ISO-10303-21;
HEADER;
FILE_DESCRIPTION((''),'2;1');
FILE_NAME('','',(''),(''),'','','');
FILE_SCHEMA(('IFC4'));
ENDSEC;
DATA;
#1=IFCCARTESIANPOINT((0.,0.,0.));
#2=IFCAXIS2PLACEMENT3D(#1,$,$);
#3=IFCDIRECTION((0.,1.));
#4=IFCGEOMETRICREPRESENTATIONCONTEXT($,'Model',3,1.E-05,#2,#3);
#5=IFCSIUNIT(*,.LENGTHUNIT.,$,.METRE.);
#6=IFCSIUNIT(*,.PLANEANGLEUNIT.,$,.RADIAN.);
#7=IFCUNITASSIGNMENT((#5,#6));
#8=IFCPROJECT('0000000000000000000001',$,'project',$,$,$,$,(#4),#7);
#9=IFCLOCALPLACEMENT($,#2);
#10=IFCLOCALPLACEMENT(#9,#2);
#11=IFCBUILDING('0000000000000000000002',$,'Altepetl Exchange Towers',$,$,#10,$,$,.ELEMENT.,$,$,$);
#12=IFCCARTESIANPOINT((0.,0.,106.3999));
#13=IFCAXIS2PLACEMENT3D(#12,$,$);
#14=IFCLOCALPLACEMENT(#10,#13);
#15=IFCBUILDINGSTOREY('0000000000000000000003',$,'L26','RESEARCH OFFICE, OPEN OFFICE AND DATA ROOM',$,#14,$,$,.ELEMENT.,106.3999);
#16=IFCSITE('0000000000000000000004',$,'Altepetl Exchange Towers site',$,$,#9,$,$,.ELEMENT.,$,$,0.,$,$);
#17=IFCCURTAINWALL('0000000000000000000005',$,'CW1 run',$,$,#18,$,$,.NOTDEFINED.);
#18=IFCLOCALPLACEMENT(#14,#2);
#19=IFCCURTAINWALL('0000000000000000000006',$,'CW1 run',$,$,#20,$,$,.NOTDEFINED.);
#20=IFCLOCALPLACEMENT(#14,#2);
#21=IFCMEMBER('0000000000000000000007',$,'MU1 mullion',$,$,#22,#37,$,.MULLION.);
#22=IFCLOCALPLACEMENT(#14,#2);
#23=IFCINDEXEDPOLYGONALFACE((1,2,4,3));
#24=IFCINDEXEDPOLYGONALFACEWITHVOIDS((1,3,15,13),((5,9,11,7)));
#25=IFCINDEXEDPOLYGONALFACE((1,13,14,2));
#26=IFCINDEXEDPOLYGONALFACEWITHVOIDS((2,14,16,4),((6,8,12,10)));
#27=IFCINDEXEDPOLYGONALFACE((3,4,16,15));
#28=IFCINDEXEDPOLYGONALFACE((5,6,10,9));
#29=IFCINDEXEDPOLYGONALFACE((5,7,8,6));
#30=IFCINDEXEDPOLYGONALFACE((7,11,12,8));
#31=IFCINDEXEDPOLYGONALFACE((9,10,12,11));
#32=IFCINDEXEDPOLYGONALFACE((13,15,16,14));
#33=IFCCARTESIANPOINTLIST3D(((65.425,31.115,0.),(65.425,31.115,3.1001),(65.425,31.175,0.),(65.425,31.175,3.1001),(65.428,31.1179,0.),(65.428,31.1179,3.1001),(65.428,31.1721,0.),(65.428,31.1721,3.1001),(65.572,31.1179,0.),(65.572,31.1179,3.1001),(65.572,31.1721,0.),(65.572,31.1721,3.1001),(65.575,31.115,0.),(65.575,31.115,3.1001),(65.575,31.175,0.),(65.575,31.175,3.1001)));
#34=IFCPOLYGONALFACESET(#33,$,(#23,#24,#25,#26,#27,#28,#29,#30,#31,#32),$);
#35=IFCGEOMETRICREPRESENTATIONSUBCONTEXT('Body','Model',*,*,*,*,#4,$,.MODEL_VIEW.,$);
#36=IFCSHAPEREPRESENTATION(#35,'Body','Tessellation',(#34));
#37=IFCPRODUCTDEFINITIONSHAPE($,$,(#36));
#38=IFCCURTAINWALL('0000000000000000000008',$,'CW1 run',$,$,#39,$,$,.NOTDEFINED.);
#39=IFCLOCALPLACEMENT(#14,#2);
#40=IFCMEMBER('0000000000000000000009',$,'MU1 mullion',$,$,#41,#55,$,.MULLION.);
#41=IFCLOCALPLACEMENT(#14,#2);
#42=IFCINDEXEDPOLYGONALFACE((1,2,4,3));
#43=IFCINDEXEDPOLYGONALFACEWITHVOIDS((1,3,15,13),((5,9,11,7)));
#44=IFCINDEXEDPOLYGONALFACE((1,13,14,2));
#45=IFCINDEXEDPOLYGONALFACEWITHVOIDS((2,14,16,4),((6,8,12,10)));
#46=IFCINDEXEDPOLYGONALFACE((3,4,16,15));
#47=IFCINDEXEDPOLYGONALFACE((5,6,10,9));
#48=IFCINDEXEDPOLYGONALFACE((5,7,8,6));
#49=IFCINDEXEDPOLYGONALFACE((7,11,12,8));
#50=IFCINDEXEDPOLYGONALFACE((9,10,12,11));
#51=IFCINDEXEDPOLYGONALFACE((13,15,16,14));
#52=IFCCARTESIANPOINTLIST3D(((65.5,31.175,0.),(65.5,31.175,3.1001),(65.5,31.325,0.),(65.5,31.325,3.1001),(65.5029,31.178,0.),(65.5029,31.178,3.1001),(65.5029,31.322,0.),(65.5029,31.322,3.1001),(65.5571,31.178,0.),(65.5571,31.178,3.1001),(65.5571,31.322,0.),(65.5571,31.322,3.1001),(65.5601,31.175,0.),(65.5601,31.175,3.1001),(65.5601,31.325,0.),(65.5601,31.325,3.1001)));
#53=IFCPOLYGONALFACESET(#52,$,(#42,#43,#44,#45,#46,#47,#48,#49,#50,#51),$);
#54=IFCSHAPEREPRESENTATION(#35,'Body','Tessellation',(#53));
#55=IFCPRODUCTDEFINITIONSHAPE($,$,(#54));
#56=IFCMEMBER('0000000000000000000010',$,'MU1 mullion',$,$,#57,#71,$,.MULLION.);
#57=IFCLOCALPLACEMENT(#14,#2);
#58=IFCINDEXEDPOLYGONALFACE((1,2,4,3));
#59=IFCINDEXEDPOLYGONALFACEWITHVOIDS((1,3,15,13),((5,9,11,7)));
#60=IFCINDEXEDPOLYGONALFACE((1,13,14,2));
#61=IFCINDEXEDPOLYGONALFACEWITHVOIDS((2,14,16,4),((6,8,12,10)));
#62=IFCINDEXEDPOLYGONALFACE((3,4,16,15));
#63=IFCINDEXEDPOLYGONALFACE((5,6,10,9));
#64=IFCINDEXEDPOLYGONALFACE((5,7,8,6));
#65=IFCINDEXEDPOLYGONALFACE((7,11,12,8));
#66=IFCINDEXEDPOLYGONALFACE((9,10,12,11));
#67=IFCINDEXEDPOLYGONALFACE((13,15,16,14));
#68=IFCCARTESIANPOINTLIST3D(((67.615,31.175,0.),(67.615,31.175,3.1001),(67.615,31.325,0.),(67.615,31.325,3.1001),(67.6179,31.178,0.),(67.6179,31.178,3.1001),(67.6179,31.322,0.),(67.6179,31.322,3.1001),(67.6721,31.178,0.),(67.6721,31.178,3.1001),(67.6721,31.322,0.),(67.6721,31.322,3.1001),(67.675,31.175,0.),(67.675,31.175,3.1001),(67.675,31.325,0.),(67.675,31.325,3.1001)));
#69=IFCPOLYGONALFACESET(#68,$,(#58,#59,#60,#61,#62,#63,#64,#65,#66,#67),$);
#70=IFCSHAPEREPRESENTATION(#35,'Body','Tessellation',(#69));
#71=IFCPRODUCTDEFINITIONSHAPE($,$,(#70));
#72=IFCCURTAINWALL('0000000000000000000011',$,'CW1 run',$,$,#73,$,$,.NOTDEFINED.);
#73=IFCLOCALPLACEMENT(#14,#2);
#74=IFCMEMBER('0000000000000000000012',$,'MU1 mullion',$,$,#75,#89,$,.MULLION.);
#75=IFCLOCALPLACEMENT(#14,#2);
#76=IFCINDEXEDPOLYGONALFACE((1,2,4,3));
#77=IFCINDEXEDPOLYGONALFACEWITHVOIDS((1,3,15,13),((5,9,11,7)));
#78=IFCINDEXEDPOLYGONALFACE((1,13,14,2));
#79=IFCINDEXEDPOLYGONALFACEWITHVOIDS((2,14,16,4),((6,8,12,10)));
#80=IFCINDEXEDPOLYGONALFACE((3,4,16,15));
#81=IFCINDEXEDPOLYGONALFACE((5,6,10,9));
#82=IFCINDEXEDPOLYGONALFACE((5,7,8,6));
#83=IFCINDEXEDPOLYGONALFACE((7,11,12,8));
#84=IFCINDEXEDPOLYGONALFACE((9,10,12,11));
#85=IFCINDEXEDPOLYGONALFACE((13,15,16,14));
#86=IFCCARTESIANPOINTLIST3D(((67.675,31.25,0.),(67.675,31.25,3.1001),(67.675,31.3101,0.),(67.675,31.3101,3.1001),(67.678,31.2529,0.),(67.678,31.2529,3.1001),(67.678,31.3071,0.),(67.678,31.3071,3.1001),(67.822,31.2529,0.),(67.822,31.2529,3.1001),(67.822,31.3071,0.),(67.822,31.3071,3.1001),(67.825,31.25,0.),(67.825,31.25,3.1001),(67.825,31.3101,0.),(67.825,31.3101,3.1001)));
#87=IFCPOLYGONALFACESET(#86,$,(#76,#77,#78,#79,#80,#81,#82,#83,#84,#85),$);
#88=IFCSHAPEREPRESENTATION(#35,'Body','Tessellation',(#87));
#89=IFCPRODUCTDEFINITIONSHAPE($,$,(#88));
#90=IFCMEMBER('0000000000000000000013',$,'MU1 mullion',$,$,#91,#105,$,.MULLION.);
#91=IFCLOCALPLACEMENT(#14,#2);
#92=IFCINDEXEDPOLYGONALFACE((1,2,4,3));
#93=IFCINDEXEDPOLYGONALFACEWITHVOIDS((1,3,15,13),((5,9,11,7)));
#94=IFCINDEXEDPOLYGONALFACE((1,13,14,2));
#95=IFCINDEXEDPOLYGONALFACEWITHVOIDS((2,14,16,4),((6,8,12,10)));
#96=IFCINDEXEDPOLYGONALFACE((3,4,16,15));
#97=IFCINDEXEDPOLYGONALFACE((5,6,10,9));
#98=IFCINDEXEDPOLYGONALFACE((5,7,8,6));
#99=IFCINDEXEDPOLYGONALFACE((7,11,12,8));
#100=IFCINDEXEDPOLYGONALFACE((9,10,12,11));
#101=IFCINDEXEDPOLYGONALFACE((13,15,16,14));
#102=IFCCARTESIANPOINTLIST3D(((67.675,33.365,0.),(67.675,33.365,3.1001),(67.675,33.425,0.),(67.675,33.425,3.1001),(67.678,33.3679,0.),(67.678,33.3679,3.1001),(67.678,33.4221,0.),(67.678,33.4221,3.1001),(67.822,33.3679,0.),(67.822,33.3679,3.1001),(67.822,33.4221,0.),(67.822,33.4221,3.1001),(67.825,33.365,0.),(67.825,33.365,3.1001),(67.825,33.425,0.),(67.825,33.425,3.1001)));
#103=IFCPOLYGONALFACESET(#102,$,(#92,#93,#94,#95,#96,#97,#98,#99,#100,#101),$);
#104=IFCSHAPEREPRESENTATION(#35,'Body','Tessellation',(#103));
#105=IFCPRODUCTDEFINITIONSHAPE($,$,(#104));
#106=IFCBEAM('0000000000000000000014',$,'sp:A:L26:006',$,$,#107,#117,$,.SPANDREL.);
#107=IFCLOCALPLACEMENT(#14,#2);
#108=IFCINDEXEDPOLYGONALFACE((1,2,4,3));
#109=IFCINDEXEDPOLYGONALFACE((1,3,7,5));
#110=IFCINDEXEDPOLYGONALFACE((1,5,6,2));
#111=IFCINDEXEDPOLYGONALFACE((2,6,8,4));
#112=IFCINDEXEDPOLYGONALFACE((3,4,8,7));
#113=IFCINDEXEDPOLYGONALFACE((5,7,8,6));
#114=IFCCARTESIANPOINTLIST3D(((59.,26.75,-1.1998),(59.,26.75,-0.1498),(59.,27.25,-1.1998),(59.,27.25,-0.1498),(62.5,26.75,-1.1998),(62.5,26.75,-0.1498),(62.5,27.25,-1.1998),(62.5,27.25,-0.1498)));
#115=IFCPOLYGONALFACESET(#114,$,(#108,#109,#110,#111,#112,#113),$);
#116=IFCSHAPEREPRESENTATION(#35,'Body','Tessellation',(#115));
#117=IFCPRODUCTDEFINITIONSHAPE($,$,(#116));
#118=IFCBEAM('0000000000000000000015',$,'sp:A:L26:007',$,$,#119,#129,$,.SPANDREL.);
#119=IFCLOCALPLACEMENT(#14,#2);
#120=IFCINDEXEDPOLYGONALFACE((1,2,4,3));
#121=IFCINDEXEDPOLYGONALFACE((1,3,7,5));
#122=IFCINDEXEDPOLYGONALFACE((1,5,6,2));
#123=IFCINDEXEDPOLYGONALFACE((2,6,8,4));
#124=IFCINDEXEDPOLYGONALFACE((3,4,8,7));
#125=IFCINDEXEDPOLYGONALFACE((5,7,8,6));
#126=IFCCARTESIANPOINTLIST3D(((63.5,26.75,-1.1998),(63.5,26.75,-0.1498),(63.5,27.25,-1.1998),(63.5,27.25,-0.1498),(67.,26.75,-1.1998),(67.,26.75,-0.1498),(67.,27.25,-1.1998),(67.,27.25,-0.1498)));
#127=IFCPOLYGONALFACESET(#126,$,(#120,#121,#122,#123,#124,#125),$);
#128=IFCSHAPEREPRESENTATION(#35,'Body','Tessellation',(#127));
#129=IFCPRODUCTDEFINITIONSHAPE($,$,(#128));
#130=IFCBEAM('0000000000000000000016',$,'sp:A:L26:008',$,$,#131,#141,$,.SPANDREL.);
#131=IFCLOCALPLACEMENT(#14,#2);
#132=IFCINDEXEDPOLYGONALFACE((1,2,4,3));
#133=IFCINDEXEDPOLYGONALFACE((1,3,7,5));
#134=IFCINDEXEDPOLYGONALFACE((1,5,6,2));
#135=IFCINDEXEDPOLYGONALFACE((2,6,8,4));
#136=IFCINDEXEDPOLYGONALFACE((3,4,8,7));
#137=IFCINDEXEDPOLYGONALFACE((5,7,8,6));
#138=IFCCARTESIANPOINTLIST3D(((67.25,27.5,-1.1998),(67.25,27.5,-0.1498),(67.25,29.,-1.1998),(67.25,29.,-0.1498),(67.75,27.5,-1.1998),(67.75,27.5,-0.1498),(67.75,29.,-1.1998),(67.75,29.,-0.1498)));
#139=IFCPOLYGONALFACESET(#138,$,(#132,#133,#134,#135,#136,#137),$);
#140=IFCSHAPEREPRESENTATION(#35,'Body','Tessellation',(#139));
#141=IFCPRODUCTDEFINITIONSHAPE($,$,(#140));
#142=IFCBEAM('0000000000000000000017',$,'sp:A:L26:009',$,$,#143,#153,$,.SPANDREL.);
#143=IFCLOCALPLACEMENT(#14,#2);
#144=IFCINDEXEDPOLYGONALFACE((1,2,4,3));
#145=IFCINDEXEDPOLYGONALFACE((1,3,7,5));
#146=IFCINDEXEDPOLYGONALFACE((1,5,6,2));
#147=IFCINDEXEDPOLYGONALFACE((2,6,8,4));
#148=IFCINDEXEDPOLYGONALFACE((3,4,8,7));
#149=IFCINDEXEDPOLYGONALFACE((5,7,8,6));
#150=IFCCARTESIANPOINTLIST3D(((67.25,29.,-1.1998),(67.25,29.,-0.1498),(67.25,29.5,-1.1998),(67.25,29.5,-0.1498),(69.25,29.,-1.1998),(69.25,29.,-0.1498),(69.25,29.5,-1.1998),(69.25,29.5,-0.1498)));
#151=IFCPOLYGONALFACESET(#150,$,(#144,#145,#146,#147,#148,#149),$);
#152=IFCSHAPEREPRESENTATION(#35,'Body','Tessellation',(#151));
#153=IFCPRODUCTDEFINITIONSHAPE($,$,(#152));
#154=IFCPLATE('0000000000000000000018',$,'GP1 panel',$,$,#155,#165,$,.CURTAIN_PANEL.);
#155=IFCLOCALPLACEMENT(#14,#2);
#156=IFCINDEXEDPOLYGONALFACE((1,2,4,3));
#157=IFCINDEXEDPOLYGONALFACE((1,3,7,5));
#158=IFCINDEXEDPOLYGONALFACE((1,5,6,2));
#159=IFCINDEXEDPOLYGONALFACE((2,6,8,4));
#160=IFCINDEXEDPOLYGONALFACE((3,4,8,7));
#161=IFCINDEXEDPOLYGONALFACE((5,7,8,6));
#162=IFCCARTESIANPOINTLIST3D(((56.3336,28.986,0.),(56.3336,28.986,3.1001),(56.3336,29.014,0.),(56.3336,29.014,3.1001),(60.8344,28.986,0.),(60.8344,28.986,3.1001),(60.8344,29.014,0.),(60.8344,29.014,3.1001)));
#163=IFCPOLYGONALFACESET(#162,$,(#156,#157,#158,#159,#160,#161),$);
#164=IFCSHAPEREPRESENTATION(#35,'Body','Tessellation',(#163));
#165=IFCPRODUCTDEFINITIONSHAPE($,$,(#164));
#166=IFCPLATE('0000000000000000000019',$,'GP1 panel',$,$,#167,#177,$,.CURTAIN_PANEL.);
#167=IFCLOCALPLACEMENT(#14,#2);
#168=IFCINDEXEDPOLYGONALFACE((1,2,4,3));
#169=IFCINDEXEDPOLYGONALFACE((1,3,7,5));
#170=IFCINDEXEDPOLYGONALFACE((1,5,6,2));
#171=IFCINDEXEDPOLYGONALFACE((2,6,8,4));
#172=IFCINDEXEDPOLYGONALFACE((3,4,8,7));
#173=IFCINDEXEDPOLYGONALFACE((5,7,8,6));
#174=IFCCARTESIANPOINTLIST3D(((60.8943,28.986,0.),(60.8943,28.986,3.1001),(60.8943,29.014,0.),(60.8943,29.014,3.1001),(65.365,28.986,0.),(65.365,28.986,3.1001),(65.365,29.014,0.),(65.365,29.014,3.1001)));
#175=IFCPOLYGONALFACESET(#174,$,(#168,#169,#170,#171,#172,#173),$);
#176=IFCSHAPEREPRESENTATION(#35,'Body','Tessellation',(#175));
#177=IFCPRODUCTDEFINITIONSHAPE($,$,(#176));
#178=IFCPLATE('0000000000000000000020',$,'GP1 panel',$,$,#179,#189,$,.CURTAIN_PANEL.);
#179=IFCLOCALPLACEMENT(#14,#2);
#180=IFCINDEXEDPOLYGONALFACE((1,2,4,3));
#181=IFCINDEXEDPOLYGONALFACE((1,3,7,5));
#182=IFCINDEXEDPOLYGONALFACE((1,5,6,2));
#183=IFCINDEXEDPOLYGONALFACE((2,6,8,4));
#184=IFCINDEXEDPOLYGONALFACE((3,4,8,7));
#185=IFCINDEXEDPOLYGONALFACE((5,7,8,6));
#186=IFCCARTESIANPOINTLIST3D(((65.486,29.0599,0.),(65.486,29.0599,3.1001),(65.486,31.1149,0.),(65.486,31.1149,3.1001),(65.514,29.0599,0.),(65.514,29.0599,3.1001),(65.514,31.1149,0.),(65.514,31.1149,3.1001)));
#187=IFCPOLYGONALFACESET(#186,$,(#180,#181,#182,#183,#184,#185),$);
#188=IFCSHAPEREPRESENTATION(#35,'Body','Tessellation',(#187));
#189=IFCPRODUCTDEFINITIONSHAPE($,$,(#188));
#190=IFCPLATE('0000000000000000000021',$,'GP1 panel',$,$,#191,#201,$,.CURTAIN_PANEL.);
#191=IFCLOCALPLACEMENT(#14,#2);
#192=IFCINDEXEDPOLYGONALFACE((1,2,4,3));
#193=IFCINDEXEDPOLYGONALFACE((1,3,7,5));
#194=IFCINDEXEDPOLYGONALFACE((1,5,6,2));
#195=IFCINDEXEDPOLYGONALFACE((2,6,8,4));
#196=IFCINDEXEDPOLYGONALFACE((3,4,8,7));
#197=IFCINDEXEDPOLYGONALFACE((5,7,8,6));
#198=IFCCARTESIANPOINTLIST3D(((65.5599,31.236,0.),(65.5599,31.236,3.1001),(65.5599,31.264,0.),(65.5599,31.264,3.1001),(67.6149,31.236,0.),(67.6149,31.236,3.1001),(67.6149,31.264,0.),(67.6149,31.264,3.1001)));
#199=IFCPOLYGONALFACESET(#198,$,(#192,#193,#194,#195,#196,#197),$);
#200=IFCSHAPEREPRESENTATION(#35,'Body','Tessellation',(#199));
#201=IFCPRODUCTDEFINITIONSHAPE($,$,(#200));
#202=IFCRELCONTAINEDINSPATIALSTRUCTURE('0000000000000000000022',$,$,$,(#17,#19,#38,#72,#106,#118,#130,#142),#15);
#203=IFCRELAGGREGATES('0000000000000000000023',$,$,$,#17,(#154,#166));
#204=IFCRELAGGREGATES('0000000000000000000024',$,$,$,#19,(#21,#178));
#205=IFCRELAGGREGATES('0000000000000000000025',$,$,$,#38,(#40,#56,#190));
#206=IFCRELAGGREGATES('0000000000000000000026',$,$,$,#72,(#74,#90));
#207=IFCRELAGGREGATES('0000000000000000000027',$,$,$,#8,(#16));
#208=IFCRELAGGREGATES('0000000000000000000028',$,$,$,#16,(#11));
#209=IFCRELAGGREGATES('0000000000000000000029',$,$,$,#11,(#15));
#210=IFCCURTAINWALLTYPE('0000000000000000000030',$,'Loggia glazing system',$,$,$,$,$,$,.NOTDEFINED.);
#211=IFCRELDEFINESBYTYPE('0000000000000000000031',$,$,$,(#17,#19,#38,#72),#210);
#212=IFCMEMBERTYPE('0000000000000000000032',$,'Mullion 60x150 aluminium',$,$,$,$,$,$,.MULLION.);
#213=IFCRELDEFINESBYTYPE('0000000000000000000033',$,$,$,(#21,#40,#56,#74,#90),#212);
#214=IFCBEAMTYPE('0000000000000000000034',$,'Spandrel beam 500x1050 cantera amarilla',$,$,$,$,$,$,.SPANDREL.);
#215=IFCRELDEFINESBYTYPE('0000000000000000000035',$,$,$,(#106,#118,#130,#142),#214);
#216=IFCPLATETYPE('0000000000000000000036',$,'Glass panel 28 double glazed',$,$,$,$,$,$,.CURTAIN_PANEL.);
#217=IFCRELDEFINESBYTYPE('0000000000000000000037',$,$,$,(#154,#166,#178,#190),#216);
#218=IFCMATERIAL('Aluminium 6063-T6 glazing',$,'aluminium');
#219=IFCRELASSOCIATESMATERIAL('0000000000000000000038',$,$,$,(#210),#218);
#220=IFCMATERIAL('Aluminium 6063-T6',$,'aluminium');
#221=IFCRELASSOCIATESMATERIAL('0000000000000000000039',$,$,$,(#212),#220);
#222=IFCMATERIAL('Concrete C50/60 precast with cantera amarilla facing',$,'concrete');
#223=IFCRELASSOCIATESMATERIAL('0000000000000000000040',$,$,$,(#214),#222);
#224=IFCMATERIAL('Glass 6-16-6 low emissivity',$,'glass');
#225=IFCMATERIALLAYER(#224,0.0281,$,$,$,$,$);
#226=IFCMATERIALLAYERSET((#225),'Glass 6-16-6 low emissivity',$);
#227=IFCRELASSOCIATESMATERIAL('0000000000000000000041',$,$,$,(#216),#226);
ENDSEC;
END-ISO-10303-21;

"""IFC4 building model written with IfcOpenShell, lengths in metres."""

from ifc_helpers import new_model, si_unit, direction, frame, origin, origin_2d, place, context, subcontext, project, spatial, rectangle, hollow_rectangle, extrude, material, layer, layer_set, material_profile, profile_set, type_object, element, aggregate, save


model = new_model("IFC4")

# Units and contexts
model_context = context("Model", 3, precision=1e-05, world=origin(), true_north=direction((0.0, 1.0)))
body_context = subcontext(model_context, "Body", "Model", "MODEL_VIEW")
ifc_project = project(units=[si_unit("LENGTHUNIT", "METRE"), si_unit("PLANEANGLEUNIT", "RADIAN")], contexts=[model_context])

# Site, building, storey
site_placement = place(None, origin())
site = spatial("IfcSite", under=ifc_project, at=site_placement, Name="Altepetl Exchange Towers site", CompositionType="ELEMENT", RefElevation=0.0)
building_placement = place(site_placement, origin())
building = spatial("IfcBuilding", under=site, at=building_placement, Name="Altepetl Exchange Towers", CompositionType="ELEMENT")
storey_placement = place(building_placement, frame((0.0, 0.0, 106.3999)))
storey = spatial("IfcBuildingStorey", under=building, at=storey_placement, Name="L26", Description="RESEARCH OFFICE, OPEN OFFICE AND DATA ROOM", CompositionType="ELEMENT", Elevation=106.3999)

# Curtain walls, members
ifc_material_1 = material(Name="Aluminium 6063-T6 glazing", Category="aluminium")
curtain_wall_type = type_object("IfcCurtainWallType", Name="Loggia glazing system", PredefinedType="NOTDEFINED", material=ifc_material_1)
curtain_wall_1_placement = place(storey_placement, origin())
curtain_wall_1 = element("IfcCurtainWall", 1, at=curtain_wall_1_placement, inside=storey, type_object=curtain_wall_type, Name="CW1 run", PredefinedType="NOTDEFINED")
ifc_material_2 = material(Name="Aluminium 6063-T6", Category="aluminium")
ifc_material_profile_1 = material_profile(ifc_material_2, hollow_rectangle(XDim=0.0601, YDim=0.1499, WallThickness=0.0029, at=origin_2d()), Name="Mullion 60x150 aluminium")
ifc_profile_set_1 = profile_set([ifc_material_profile_1], Name="Aluminium 6063-T6")
member_type = type_object("IfcMemberType", Name="Mullion 60x150 aluminium", PredefinedType="MULLION", material=ifc_profile_set_1)
curtain_wall_2_placement = place(storey_placement, origin())
curtain_wall_2 = element("IfcCurtainWall", 2, at=curtain_wall_2_placement, inside=storey, type_object=curtain_wall_type, Name="CW1 run", PredefinedType="NOTDEFINED")
member_1_placement = place(storey_placement, frame((65.5, 31.145, 0.0), z_axis=(0.0, 0.0, 1.0), x_axis=(0.0, 1.0, 0.0)))
member_1 = element("IfcMember", 3, at=member_1_placement, type_object=member_type, Name="MU1 mullion", PredefinedType="MULLION", context=body_context, shape_type="SweptSolid", body=[
    extrude(hollow_rectangle(XDim=0.0601, YDim=0.1499, WallThickness=0.0029, at=origin_2d()), origin(), (0.0, 0.0, 1.0), 3.1001),
])
curtain_wall_3_placement = place(storey_placement, origin())
curtain_wall_3 = element("IfcCurtainWall", 4, at=curtain_wall_3_placement, inside=storey, type_object=curtain_wall_type, Name="CW1 run", PredefinedType="NOTDEFINED")
member_2_placement = place(storey_placement, frame((65.53, 31.25, 0.0)))
member_2 = element("IfcMember", 5, at=member_2_placement, type_object=member_type, Name="MU1 mullion", PredefinedType="MULLION", context=body_context, shape_type="SweptSolid", body=[
    extrude(hollow_rectangle(XDim=0.0601, YDim=0.1499, WallThickness=0.0029, at=origin_2d()), origin(), (0.0, 0.0, 1.0), 3.1001),
])
member_3_placement = place(storey_placement, frame((67.645, 31.25, 0.0)))
member_3 = element("IfcMember", 6, at=member_3_placement, type_object=member_type, Name="MU1 mullion", PredefinedType="MULLION", context=body_context, shape_type="SweptSolid", body=[
    extrude(hollow_rectangle(XDim=0.0601, YDim=0.1499, WallThickness=0.0029, at=origin_2d()), origin(), (0.0, 0.0, 1.0), 3.1001),
])
curtain_wall_4_placement = place(storey_placement, origin())
curtain_wall_4 = element("IfcCurtainWall", 7, at=curtain_wall_4_placement, inside=storey, type_object=curtain_wall_type, Name="CW1 run", PredefinedType="NOTDEFINED")
member_4_placement = place(storey_placement, frame((67.75, 31.28, 0.0), z_axis=(0.0, 0.0, 1.0), x_axis=(0.0, 1.0, 0.0)))
member_4 = element("IfcMember", 8, at=member_4_placement, type_object=member_type, Name="MU1 mullion", PredefinedType="MULLION", context=body_context, shape_type="SweptSolid", body=[
    extrude(hollow_rectangle(XDim=0.0601, YDim=0.1499, WallThickness=0.0029, at=origin_2d()), origin(), (0.0, 0.0, 1.0), 3.1001),
])
member_5_placement = place(storey_placement, frame((67.75, 33.395, 0.0), z_axis=(0.0, 0.0, 1.0), x_axis=(0.0, 1.0, 0.0)))
member_5 = element("IfcMember", 9, at=member_5_placement, type_object=member_type, Name="MU1 mullion", PredefinedType="MULLION", context=body_context, shape_type="SweptSolid", body=[
    extrude(hollow_rectangle(XDim=0.0601, YDim=0.1499, WallThickness=0.0029, at=origin_2d()), origin(), (0.0, 0.0, 1.0), 3.1001),
])

# Beams
ifc_material_3 = material(Name="Concrete C50/60 precast with cantera amarilla facing", Category="concrete")
ifc_material_profile_2 = material_profile(ifc_material_3, rectangle(XDim=0.5, YDim=1.05, at=origin_2d()), Name="500 x 1050")
ifc_profile_set_2 = profile_set([ifc_material_profile_2], Name="Concrete C50/60 precast with cantera amarilla facing")
beam_type_1 = type_object("IfcBeamType", Name="Spandrel beam 500x1050 cantera amarilla", PredefinedType="SPANDREL", material=ifc_profile_set_2)
for number, where, z_axis, x_axis, name in (
    (10, (59.0, 27.0, -0.6748), (1.0, 0.0, 0.0), (0.0, 1.0, 0.0), "sp:A:L26:006"),
    (11, (63.5, 27.0, -0.6748), (1.0, 0.0, 0.0), (0.0, 1.0, 0.0), "sp:A:L26:007"),
):
    element("IfcBeam", number, at=place(storey_placement, frame(where, z_axis=z_axis, x_axis=x_axis)), inside=storey, type_object=beam_type_1, Name=name, PredefinedType="SPANDREL", context=body_context, shape_type="SweptSolid", body=[
        extrude(rectangle(XDim=0.5, YDim=1.05, at=origin_2d()), origin(), (0.0, 0.0, 1.0), 3.5),
    ])
beam_1_placement = place(storey_placement, frame((67.5, 27.5, -0.6748), z_axis=(0.0, 1.0, 0.0), x_axis=(-1.0, 0.0, 0.0)))
element("IfcBeam", 12, at=beam_1_placement, inside=storey, type_object=beam_type_1, Name="sp:A:L26:008", PredefinedType="SPANDREL", context=body_context, shape_type="SweptSolid", body=[
    extrude(rectangle(XDim=0.5, YDim=1.05, at=origin_2d()), origin(), (0.0, 0.0, 1.0), 1.5),
])
beam_2_placement = place(storey_placement, frame((67.25, 29.25, -0.6748), z_axis=(1.0, 0.0, 0.0), x_axis=(0.0, 1.0, 0.0)))
element("IfcBeam", 13, at=beam_2_placement, inside=storey, type_object=beam_type_1, Name="sp:A:L26:009", PredefinedType="SPANDREL", context=body_context, shape_type="SweptSolid", body=[
    extrude(rectangle(XDim=0.5, YDim=1.05, at=origin_2d()), origin(), (0.0, 0.0, 1.0), 2.0),
])

# Plates
ifc_material_4 = material(Name="Glass 6-16-6 low emissivity", Category="glass")
ifc_layer_1 = layer(ifc_material_4, 0.0281)
ifc_layer_set_1 = layer_set([ifc_layer_1], Name="Glass 6-16-6 low emissivity")
plate_type = type_object("IfcPlateType", Name="Glass panel 28 double glazed", PredefinedType="CURTAIN_PANEL", material=ifc_layer_set_1)
plate_1_placement = place(storey_placement, frame((58.584, 29.0, 0.0)))
plate_1 = element("IfcPlate", 14, at=plate_1_placement, type_object=plate_type, Name="GP1 panel", PredefinedType="CURTAIN_PANEL", context=body_context, shape_type="SweptSolid", body=[
    extrude(rectangle(XDim=4.5007, YDim=0.0281, at=origin_2d()), origin(), (0.0, 0.0, 1.0), 3.1001),
])
plate_2_placement = place(storey_placement, frame((63.1296, 29.0, 0.0)))
plate_2 = element("IfcPlate", 15, at=plate_2_placement, type_object=plate_type, Name="GP1 panel", PredefinedType="CURTAIN_PANEL", context=body_context, shape_type="SweptSolid", body=[
    extrude(rectangle(XDim=4.4707, YDim=0.0281, at=origin_2d()), origin(), (0.0, 0.0, 1.0), 3.1001),
])
aggregate(curtain_wall_1, [plate_1, plate_2])
plate_3_placement = place(storey_placement, frame((65.5, 30.0874, 0.0), z_axis=(0.0, 0.0, 1.0), x_axis=(0.0, 1.0, 0.0)))
plate_3 = element("IfcPlate", 16, at=plate_3_placement, type_object=plate_type, Name="GP1 panel", PredefinedType="CURTAIN_PANEL", context=body_context, shape_type="SweptSolid", body=[
    extrude(rectangle(XDim=2.0549, YDim=0.0281, at=origin_2d()), origin(), (0.0, 0.0, 1.0), 3.1001),
])
aggregate(curtain_wall_2, [member_1, plate_3])
plate_4_placement = place(storey_placement, frame((66.5874, 31.25, 0.0)))
plate_4 = element("IfcPlate", 17, at=plate_4_placement, type_object=plate_type, Name="GP1 panel", PredefinedType="CURTAIN_PANEL", context=body_context, shape_type="SweptSolid", body=[
    extrude(rectangle(XDim=2.0549, YDim=0.0281, at=origin_2d()), origin(), (0.0, 0.0, 1.0), 3.1001),
])
aggregate(curtain_wall_3, [member_2, member_3, plate_4])
aggregate(curtain_wall_4, [member_4, member_5])

save(model, "model.ifc")
